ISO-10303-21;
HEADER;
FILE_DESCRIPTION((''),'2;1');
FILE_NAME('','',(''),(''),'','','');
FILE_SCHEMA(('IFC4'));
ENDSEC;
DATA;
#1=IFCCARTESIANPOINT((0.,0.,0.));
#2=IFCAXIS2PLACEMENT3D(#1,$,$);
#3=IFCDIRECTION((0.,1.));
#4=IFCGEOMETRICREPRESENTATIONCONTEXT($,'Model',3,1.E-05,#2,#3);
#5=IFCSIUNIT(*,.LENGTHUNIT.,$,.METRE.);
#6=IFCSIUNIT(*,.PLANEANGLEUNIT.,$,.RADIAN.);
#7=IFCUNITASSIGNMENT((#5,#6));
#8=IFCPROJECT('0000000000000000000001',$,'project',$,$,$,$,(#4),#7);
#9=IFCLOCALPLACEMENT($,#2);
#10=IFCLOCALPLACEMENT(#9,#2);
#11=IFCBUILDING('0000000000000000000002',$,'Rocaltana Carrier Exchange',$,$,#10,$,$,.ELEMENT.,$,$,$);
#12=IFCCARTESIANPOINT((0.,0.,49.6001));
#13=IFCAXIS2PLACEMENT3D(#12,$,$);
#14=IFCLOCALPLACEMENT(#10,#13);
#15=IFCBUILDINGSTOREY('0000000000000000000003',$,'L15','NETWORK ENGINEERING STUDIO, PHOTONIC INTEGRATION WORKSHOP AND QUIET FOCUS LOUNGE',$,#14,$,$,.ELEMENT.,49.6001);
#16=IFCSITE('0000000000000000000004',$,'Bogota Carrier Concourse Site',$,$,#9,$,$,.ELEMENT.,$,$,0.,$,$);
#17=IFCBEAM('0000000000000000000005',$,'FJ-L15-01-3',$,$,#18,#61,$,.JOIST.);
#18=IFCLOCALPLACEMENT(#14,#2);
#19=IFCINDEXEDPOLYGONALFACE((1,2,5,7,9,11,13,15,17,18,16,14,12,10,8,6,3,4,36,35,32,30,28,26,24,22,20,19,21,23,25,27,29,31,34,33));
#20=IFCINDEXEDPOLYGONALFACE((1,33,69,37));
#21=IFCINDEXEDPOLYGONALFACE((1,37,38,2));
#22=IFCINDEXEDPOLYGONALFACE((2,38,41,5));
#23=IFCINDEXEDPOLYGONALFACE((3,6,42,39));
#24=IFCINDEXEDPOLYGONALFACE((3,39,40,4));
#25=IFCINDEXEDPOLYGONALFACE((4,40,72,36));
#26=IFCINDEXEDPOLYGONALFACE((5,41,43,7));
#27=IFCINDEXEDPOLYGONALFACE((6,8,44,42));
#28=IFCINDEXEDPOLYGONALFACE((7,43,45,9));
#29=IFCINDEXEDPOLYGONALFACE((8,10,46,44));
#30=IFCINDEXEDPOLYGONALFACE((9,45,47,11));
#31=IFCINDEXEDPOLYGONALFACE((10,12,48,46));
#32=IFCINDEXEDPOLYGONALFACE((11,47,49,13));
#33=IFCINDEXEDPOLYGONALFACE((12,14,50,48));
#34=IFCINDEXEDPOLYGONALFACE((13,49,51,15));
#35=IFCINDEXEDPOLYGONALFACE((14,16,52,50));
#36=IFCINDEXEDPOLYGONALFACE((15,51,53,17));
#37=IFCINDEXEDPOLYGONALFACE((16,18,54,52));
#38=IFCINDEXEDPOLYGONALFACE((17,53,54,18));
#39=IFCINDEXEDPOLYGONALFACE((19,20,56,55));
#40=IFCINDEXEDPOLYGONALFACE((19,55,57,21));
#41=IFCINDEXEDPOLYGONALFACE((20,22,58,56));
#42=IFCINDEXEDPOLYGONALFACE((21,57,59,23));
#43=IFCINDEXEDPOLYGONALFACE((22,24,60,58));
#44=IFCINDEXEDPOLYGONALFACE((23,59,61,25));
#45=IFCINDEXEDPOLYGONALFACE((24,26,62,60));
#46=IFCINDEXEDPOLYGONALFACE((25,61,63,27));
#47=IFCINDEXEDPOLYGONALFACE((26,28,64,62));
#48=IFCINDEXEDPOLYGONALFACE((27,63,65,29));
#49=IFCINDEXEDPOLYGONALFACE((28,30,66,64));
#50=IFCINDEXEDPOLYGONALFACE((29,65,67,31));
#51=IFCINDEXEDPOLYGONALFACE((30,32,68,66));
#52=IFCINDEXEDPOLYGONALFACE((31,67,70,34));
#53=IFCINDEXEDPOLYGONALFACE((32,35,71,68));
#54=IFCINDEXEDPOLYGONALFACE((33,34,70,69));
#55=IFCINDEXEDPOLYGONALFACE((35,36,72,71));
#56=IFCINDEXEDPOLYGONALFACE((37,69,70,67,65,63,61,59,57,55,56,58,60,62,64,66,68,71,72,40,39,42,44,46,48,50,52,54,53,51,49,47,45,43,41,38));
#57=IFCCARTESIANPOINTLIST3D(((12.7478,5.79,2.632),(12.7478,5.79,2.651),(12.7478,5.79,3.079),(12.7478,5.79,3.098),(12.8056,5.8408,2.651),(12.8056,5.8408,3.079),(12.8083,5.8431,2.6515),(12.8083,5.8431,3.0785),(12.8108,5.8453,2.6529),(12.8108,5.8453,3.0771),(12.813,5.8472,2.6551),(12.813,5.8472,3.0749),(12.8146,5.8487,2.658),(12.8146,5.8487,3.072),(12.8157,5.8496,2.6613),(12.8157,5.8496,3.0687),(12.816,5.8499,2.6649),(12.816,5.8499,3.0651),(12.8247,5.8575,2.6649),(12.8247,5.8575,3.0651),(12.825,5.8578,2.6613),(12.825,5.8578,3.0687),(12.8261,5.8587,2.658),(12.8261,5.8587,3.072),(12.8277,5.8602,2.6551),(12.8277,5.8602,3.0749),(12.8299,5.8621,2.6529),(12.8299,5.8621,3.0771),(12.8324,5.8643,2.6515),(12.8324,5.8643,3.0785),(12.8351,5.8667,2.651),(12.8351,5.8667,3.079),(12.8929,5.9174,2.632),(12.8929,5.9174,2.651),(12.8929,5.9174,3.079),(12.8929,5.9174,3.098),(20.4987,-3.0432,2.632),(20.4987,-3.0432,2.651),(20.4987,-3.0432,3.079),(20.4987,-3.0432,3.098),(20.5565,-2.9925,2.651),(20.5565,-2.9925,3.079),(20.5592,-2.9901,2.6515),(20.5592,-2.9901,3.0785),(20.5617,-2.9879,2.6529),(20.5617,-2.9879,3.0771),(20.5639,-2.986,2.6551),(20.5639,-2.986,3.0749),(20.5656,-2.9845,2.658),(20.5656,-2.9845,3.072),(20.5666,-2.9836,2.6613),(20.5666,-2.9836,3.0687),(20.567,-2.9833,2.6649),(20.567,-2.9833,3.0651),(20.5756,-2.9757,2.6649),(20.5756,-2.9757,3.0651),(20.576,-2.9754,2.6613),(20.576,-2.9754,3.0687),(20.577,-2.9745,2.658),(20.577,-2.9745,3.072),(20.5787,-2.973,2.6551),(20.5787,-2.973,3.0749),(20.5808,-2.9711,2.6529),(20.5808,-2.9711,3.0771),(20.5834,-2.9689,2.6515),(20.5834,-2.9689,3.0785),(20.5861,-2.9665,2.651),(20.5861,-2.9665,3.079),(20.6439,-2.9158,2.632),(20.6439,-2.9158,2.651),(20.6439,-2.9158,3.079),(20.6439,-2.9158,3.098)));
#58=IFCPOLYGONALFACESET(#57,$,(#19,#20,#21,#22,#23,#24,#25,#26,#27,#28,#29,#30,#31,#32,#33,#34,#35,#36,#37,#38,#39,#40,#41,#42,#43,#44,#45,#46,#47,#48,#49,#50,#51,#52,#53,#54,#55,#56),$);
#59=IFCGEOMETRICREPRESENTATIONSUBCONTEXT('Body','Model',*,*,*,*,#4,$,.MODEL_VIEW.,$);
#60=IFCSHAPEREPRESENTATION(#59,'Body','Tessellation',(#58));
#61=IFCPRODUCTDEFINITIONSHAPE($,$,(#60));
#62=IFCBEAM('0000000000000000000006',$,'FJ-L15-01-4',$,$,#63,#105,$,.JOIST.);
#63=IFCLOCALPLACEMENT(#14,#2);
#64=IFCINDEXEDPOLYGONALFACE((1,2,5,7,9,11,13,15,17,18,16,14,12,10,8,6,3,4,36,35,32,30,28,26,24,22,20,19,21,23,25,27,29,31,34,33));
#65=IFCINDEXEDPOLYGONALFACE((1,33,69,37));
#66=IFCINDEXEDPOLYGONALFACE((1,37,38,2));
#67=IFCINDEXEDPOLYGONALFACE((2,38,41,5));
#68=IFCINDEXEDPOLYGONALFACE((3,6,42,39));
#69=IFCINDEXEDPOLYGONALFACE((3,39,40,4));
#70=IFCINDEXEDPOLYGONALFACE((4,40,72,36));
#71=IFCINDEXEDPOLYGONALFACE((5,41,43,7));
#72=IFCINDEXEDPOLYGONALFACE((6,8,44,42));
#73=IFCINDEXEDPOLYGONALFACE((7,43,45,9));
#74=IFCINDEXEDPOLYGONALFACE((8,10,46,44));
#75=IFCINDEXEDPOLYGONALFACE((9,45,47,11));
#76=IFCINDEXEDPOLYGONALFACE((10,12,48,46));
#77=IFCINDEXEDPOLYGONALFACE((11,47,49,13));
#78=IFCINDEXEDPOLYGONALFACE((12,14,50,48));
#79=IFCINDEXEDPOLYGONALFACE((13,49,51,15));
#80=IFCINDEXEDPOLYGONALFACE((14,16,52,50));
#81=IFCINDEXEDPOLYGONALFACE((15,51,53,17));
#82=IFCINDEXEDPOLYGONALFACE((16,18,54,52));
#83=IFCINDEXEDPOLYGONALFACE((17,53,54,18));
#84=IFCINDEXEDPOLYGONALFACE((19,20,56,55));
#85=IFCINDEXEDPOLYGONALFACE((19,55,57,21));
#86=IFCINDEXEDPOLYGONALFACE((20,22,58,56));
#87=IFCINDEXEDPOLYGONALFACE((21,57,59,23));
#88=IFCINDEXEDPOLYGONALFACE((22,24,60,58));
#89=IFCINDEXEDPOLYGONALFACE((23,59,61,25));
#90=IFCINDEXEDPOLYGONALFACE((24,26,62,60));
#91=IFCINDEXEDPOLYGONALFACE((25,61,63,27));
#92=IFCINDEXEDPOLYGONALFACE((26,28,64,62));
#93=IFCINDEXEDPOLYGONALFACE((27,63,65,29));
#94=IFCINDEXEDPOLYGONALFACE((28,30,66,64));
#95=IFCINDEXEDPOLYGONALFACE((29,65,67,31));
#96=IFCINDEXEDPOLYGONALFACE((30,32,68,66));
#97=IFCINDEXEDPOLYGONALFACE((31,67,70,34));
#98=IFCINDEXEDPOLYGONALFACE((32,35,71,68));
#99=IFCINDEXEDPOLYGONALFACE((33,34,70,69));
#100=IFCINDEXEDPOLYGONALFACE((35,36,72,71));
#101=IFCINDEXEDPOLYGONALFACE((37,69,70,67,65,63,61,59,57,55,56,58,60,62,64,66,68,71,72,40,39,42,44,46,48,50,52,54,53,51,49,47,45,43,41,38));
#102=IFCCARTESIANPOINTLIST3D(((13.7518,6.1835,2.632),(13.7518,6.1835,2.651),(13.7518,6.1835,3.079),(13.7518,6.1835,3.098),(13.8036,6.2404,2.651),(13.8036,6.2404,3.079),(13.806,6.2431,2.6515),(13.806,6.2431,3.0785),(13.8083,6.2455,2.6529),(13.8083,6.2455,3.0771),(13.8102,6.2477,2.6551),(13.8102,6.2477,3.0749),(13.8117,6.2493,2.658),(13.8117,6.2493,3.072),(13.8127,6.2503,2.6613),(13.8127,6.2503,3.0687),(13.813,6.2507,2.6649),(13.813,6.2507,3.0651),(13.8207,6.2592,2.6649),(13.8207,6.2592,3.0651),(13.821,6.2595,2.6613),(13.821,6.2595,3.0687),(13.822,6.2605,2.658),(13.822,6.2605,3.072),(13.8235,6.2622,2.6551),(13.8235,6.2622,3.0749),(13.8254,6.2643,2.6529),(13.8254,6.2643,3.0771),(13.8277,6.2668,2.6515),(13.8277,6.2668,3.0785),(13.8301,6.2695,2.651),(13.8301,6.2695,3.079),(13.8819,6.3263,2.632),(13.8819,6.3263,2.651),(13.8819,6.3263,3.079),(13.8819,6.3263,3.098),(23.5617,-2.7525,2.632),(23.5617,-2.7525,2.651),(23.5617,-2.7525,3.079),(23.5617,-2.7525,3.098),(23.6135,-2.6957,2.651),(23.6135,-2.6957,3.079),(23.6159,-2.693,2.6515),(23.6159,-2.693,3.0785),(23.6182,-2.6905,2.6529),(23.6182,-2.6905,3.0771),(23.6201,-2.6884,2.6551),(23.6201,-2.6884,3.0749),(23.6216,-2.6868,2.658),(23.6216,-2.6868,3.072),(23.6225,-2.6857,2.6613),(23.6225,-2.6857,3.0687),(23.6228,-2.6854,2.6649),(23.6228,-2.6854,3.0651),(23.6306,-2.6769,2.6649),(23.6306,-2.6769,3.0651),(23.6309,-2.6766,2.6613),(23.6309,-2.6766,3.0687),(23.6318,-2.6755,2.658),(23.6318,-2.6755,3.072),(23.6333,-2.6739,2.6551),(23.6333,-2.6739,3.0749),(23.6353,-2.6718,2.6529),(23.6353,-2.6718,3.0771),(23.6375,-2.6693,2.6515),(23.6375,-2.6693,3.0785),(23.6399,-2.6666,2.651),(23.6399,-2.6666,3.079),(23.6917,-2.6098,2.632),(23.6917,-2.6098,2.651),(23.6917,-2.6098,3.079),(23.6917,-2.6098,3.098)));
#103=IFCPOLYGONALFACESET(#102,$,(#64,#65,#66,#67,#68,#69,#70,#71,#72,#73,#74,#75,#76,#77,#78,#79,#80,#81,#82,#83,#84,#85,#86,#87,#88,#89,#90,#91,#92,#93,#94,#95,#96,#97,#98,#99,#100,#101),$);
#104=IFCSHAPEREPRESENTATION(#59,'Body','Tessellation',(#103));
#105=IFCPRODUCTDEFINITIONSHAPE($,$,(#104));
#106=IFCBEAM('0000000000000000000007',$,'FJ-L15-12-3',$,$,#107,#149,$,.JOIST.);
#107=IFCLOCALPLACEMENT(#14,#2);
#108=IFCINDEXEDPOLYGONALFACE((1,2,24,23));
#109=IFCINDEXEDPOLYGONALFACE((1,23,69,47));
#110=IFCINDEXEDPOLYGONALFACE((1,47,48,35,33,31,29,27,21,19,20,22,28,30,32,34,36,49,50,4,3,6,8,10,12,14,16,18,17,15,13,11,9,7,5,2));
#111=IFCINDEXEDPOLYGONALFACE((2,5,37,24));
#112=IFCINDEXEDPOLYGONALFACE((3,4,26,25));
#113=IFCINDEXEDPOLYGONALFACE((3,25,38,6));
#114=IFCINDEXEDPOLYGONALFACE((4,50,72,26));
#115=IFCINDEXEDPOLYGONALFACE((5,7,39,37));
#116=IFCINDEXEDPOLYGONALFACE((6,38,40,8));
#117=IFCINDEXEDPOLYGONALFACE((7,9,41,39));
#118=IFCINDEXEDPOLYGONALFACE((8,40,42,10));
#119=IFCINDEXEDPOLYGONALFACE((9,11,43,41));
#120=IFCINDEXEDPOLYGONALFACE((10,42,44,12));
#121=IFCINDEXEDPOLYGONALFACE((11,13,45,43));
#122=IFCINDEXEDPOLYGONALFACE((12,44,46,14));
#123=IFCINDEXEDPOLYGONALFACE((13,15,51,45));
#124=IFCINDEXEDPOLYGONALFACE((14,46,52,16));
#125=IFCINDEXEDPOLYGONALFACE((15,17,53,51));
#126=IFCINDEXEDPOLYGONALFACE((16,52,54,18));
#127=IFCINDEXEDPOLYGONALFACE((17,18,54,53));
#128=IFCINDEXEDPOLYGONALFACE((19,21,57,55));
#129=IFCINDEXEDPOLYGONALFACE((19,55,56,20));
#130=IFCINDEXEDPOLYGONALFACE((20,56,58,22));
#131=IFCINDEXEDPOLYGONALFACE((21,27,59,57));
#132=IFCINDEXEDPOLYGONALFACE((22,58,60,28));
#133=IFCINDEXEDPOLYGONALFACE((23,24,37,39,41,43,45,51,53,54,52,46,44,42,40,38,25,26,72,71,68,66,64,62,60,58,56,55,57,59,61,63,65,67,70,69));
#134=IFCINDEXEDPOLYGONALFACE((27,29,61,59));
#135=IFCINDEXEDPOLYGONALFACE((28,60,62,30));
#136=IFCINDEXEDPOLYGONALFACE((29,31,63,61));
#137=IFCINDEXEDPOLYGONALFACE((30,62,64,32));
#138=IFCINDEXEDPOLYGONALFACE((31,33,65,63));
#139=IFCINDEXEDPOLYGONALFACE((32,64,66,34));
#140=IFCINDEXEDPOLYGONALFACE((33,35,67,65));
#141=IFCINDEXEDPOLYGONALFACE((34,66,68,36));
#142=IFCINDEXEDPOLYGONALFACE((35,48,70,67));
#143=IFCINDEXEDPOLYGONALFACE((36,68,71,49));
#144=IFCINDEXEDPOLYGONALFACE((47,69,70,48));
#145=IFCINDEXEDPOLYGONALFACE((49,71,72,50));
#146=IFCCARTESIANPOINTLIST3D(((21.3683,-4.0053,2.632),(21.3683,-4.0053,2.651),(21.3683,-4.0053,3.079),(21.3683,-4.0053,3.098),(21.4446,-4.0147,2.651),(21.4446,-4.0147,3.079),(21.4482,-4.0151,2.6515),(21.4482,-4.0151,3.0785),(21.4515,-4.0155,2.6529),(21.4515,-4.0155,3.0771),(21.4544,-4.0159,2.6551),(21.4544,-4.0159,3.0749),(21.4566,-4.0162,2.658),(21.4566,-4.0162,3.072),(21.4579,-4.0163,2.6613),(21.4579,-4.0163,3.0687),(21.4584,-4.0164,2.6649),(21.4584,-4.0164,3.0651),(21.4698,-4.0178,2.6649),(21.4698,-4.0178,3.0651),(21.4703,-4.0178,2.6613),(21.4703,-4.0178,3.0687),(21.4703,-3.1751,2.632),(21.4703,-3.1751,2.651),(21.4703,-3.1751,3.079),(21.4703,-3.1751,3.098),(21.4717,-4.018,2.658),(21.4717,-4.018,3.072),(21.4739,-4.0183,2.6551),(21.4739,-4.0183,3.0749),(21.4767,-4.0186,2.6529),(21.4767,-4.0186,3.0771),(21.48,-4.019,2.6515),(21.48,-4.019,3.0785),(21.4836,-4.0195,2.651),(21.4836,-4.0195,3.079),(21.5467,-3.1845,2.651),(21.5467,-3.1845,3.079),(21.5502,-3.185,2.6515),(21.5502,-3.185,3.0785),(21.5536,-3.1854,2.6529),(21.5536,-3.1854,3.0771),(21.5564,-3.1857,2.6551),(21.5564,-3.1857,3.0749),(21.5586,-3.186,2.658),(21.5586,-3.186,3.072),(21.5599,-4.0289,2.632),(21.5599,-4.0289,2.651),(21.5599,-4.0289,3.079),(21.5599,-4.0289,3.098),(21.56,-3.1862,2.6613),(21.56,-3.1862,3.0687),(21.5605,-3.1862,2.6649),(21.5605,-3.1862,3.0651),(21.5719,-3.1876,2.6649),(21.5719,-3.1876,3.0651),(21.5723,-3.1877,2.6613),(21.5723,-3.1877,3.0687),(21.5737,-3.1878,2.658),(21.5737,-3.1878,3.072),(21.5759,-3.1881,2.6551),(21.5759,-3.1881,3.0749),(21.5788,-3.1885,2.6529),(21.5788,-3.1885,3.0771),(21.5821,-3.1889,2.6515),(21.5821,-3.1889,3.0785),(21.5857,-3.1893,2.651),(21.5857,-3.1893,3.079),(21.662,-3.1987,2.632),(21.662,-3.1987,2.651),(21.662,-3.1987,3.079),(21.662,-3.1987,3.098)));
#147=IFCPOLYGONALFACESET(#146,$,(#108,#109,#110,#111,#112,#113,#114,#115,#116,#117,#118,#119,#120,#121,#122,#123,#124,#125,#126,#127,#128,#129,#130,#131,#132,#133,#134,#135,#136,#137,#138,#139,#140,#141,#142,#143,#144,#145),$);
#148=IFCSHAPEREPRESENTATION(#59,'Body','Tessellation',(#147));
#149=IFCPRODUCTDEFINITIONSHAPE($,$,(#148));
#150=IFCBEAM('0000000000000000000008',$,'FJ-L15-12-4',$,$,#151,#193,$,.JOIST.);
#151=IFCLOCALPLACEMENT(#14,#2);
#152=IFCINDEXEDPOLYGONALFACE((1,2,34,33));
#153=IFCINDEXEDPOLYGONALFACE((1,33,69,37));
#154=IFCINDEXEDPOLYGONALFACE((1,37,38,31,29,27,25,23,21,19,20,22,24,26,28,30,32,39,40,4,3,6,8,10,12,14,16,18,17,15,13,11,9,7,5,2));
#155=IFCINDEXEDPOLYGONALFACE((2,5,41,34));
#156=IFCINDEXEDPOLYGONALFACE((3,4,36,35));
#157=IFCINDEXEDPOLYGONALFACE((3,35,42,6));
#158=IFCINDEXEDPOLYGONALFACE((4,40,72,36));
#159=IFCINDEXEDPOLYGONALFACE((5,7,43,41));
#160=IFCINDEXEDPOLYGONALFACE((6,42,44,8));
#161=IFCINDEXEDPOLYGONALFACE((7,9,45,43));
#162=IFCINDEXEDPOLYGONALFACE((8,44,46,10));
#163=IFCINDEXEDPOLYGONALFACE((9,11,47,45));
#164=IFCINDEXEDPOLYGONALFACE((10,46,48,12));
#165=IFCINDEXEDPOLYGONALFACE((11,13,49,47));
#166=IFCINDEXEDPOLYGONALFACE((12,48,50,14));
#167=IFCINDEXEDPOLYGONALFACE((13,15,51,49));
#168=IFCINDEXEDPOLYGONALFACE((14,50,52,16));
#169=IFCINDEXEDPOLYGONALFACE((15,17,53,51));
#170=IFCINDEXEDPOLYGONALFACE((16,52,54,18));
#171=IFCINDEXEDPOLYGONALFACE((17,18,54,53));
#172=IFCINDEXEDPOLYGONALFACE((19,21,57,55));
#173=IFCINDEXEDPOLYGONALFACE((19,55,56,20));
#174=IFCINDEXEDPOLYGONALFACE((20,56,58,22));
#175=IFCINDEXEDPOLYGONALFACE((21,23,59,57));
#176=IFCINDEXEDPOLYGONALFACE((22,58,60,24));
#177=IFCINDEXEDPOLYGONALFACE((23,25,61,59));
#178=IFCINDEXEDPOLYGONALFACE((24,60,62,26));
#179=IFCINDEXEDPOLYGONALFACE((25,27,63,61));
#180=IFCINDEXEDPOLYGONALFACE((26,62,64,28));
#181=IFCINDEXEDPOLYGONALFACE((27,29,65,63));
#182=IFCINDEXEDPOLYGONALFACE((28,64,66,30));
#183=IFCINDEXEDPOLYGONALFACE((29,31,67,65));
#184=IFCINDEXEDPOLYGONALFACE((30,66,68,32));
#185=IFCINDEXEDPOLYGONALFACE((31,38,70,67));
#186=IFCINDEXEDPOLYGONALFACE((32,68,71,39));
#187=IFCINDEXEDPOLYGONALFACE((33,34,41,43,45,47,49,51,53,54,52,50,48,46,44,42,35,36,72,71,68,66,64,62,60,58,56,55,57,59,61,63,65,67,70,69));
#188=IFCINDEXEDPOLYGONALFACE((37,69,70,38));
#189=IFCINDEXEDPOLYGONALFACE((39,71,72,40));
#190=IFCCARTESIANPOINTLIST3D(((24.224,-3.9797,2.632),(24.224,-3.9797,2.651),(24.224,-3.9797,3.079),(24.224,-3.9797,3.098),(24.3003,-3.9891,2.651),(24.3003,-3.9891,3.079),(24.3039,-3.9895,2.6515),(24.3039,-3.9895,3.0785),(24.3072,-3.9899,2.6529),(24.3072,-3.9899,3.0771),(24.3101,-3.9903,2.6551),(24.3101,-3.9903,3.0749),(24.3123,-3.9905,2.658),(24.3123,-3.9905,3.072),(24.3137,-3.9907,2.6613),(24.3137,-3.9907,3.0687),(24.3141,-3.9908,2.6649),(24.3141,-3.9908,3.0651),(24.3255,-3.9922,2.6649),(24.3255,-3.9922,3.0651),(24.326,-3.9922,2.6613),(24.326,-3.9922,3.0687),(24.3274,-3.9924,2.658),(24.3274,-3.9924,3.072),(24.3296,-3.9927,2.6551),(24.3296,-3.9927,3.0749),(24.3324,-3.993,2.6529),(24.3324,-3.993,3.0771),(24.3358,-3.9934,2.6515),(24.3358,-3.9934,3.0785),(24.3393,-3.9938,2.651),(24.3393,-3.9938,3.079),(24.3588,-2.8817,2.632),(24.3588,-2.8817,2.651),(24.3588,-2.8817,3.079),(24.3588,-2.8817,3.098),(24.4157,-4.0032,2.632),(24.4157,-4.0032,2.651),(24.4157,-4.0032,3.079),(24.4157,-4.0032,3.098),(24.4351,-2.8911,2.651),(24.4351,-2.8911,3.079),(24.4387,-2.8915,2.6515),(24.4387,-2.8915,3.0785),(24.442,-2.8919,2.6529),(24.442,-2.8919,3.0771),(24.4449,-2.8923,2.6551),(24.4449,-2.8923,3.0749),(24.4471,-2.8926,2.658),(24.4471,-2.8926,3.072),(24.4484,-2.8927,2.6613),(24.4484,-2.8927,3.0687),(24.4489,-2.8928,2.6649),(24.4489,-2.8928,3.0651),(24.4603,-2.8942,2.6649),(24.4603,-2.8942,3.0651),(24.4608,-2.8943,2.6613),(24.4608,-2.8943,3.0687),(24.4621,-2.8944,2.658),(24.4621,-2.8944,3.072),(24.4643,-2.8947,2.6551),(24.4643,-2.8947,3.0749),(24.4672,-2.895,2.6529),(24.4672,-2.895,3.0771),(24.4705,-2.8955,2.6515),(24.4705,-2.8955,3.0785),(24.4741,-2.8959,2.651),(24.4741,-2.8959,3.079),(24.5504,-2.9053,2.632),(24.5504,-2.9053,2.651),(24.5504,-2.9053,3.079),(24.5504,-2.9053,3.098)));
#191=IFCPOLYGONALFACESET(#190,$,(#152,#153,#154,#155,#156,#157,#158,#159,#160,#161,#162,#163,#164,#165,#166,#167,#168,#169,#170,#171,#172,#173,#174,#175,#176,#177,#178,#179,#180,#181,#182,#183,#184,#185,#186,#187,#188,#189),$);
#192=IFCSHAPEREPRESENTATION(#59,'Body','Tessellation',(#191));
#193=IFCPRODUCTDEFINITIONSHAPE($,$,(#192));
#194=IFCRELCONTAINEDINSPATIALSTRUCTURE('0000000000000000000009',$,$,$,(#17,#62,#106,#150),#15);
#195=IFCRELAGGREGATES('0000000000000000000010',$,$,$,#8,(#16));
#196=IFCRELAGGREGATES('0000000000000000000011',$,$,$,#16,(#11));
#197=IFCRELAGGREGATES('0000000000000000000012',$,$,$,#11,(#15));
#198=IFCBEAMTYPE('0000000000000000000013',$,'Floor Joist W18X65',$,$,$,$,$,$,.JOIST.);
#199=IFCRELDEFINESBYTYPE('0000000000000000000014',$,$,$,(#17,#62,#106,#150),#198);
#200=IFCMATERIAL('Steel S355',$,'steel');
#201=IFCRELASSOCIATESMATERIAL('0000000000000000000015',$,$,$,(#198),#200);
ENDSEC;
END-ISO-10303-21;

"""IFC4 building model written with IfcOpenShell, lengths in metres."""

from ifc_helpers import new_model, si_unit, direction, frame, origin, origin_2d, place, context, subcontext, project, spatial, i_section, extrude, material, material_profile, profile_set, type_object, element, save


model = new_model("IFC4")

# Units and contexts
model_context = context("Model", 3, precision=1e-05, world=origin(), true_north=direction((0.0, 1.0)))
body_context = subcontext(model_context, "Body", "Model", "MODEL_VIEW")
ifc_project = project(units=[si_unit("LENGTHUNIT", "METRE"), si_unit("PLANEANGLEUNIT", "RADIAN")], contexts=[model_context])

# Site, building, storey
site_placement = place(None, origin())
site = spatial("IfcSite", under=ifc_project, at=site_placement, Name="Bogota Carrier Concourse Site", CompositionType="ELEMENT", RefElevation=0.0)
building_placement = place(site_placement, origin())
building = spatial("IfcBuilding", under=site, at=building_placement, Name="Rocaltana Carrier Exchange", CompositionType="ELEMENT")
storey_placement = place(building_placement, frame((0.0, 0.0, 49.6001)))
storey = spatial("IfcBuildingStorey", under=building, at=storey_placement, Name="L15", Description="NETWORK ENGINEERING STUDIO, PHOTONIC INTEGRATION WORKSHOP AND QUIET FOCUS LOUNGE", CompositionType="ELEMENT", Elevation=49.6001)

# Beams
ifc_material_1 = material(Name="Steel S355", Category="steel")
ifc_material_profile_1 = material_profile(ifc_material_1, i_section(OverallWidth=0.1931, OverallDepth=0.4661, WebThickness=0.0115, FlangeThickness=0.019, FilletRadius=0.0139, at=origin_2d()), Name="W18X65")
ifc_profile_set_1 = profile_set([ifc_material_profile_1], Name="Steel S355")
beam_type_1 = type_object("IfcBeamType", Name="Floor Joist W18X65", PredefinedType="JOIST", material=ifc_profile_set_1)
beam_1_placement = place(storey_placement, frame((20.5713, -2.9795, 2.865), z_axis=(-0.659559, 0.751653, 0.0), x_axis=(-0.751653, -0.659559, 0.0)))
element("IfcBeam", 1, at=beam_1_placement, inside=storey, type_object=beam_type_1, Name="FJ-L15-01-3", PredefinedType="JOIST", context=body_context, shape_type="SweptSolid", body=[
    extrude(i_section(OverallWidth=0.1931, OverallDepth=0.4661, WebThickness=0.0115, FlangeThickness=0.019, FilletRadius=0.0139, at=origin_2d()), origin(), (0.0, 0.0, 1.0), 11.7517),
])
beam_2_placement = place(storey_placement, frame((23.6267, -2.6812, 2.865), z_axis=(-0.739264, 0.673416, 0.0), x_axis=(-0.673416, -0.739264, 0.0)))
element("IfcBeam", 2, at=beam_2_placement, inside=storey, type_object=beam_type_1, Name="FJ-L15-01-4", PredefinedType="JOIST", context=body_context, shape_type="SweptSolid", body=[
    extrude(i_section(OverallWidth=0.1931, OverallDepth=0.4661, WebThickness=0.0115, FlangeThickness=0.019, FilletRadius=0.0139, at=origin_2d()), origin(), (0.0, 0.0, 1.0), 13.2698),
])
beam_3_placement = place(storey_placement, frame((21.4641, -4.0171, 2.865), z_axis=(0.122022, 0.992527, 0.0), x_axis=(-0.992527, 0.122022, 0.0)))
element("IfcBeam", 3, at=beam_3_placement, inside=storey, type_object=beam_type_1, Name="FJ-L15-12-3", PredefinedType="JOIST", context=body_context, shape_type="SweptSolid", body=[
    extrude(i_section(OverallWidth=0.1931, OverallDepth=0.4661, WebThickness=0.0115, FlangeThickness=0.019, FilletRadius=0.0139, at=origin_2d()), origin(), (0.0, 0.0, 1.0), 0.8364),
])
beam_4_placement = place(storey_placement, frame((24.3198, -3.9915, 2.865), z_axis=(0.121834, 0.99255, 0.0), x_axis=(-0.99255, 0.121834, 0.0)))
element("IfcBeam", 4, at=beam_4_placement, inside=storey, type_object=beam_type_1, Name="FJ-L15-12-4", PredefinedType="JOIST", context=body_context, shape_type="SweptSolid", body=[
    extrude(i_section(OverallWidth=0.1931, OverallDepth=0.4661, WebThickness=0.0115, FlangeThickness=0.019, FilletRadius=0.0139, at=origin_2d()), origin(), (0.0, 0.0, 1.0), 1.1062),
])

save(model, "model.ifc")
